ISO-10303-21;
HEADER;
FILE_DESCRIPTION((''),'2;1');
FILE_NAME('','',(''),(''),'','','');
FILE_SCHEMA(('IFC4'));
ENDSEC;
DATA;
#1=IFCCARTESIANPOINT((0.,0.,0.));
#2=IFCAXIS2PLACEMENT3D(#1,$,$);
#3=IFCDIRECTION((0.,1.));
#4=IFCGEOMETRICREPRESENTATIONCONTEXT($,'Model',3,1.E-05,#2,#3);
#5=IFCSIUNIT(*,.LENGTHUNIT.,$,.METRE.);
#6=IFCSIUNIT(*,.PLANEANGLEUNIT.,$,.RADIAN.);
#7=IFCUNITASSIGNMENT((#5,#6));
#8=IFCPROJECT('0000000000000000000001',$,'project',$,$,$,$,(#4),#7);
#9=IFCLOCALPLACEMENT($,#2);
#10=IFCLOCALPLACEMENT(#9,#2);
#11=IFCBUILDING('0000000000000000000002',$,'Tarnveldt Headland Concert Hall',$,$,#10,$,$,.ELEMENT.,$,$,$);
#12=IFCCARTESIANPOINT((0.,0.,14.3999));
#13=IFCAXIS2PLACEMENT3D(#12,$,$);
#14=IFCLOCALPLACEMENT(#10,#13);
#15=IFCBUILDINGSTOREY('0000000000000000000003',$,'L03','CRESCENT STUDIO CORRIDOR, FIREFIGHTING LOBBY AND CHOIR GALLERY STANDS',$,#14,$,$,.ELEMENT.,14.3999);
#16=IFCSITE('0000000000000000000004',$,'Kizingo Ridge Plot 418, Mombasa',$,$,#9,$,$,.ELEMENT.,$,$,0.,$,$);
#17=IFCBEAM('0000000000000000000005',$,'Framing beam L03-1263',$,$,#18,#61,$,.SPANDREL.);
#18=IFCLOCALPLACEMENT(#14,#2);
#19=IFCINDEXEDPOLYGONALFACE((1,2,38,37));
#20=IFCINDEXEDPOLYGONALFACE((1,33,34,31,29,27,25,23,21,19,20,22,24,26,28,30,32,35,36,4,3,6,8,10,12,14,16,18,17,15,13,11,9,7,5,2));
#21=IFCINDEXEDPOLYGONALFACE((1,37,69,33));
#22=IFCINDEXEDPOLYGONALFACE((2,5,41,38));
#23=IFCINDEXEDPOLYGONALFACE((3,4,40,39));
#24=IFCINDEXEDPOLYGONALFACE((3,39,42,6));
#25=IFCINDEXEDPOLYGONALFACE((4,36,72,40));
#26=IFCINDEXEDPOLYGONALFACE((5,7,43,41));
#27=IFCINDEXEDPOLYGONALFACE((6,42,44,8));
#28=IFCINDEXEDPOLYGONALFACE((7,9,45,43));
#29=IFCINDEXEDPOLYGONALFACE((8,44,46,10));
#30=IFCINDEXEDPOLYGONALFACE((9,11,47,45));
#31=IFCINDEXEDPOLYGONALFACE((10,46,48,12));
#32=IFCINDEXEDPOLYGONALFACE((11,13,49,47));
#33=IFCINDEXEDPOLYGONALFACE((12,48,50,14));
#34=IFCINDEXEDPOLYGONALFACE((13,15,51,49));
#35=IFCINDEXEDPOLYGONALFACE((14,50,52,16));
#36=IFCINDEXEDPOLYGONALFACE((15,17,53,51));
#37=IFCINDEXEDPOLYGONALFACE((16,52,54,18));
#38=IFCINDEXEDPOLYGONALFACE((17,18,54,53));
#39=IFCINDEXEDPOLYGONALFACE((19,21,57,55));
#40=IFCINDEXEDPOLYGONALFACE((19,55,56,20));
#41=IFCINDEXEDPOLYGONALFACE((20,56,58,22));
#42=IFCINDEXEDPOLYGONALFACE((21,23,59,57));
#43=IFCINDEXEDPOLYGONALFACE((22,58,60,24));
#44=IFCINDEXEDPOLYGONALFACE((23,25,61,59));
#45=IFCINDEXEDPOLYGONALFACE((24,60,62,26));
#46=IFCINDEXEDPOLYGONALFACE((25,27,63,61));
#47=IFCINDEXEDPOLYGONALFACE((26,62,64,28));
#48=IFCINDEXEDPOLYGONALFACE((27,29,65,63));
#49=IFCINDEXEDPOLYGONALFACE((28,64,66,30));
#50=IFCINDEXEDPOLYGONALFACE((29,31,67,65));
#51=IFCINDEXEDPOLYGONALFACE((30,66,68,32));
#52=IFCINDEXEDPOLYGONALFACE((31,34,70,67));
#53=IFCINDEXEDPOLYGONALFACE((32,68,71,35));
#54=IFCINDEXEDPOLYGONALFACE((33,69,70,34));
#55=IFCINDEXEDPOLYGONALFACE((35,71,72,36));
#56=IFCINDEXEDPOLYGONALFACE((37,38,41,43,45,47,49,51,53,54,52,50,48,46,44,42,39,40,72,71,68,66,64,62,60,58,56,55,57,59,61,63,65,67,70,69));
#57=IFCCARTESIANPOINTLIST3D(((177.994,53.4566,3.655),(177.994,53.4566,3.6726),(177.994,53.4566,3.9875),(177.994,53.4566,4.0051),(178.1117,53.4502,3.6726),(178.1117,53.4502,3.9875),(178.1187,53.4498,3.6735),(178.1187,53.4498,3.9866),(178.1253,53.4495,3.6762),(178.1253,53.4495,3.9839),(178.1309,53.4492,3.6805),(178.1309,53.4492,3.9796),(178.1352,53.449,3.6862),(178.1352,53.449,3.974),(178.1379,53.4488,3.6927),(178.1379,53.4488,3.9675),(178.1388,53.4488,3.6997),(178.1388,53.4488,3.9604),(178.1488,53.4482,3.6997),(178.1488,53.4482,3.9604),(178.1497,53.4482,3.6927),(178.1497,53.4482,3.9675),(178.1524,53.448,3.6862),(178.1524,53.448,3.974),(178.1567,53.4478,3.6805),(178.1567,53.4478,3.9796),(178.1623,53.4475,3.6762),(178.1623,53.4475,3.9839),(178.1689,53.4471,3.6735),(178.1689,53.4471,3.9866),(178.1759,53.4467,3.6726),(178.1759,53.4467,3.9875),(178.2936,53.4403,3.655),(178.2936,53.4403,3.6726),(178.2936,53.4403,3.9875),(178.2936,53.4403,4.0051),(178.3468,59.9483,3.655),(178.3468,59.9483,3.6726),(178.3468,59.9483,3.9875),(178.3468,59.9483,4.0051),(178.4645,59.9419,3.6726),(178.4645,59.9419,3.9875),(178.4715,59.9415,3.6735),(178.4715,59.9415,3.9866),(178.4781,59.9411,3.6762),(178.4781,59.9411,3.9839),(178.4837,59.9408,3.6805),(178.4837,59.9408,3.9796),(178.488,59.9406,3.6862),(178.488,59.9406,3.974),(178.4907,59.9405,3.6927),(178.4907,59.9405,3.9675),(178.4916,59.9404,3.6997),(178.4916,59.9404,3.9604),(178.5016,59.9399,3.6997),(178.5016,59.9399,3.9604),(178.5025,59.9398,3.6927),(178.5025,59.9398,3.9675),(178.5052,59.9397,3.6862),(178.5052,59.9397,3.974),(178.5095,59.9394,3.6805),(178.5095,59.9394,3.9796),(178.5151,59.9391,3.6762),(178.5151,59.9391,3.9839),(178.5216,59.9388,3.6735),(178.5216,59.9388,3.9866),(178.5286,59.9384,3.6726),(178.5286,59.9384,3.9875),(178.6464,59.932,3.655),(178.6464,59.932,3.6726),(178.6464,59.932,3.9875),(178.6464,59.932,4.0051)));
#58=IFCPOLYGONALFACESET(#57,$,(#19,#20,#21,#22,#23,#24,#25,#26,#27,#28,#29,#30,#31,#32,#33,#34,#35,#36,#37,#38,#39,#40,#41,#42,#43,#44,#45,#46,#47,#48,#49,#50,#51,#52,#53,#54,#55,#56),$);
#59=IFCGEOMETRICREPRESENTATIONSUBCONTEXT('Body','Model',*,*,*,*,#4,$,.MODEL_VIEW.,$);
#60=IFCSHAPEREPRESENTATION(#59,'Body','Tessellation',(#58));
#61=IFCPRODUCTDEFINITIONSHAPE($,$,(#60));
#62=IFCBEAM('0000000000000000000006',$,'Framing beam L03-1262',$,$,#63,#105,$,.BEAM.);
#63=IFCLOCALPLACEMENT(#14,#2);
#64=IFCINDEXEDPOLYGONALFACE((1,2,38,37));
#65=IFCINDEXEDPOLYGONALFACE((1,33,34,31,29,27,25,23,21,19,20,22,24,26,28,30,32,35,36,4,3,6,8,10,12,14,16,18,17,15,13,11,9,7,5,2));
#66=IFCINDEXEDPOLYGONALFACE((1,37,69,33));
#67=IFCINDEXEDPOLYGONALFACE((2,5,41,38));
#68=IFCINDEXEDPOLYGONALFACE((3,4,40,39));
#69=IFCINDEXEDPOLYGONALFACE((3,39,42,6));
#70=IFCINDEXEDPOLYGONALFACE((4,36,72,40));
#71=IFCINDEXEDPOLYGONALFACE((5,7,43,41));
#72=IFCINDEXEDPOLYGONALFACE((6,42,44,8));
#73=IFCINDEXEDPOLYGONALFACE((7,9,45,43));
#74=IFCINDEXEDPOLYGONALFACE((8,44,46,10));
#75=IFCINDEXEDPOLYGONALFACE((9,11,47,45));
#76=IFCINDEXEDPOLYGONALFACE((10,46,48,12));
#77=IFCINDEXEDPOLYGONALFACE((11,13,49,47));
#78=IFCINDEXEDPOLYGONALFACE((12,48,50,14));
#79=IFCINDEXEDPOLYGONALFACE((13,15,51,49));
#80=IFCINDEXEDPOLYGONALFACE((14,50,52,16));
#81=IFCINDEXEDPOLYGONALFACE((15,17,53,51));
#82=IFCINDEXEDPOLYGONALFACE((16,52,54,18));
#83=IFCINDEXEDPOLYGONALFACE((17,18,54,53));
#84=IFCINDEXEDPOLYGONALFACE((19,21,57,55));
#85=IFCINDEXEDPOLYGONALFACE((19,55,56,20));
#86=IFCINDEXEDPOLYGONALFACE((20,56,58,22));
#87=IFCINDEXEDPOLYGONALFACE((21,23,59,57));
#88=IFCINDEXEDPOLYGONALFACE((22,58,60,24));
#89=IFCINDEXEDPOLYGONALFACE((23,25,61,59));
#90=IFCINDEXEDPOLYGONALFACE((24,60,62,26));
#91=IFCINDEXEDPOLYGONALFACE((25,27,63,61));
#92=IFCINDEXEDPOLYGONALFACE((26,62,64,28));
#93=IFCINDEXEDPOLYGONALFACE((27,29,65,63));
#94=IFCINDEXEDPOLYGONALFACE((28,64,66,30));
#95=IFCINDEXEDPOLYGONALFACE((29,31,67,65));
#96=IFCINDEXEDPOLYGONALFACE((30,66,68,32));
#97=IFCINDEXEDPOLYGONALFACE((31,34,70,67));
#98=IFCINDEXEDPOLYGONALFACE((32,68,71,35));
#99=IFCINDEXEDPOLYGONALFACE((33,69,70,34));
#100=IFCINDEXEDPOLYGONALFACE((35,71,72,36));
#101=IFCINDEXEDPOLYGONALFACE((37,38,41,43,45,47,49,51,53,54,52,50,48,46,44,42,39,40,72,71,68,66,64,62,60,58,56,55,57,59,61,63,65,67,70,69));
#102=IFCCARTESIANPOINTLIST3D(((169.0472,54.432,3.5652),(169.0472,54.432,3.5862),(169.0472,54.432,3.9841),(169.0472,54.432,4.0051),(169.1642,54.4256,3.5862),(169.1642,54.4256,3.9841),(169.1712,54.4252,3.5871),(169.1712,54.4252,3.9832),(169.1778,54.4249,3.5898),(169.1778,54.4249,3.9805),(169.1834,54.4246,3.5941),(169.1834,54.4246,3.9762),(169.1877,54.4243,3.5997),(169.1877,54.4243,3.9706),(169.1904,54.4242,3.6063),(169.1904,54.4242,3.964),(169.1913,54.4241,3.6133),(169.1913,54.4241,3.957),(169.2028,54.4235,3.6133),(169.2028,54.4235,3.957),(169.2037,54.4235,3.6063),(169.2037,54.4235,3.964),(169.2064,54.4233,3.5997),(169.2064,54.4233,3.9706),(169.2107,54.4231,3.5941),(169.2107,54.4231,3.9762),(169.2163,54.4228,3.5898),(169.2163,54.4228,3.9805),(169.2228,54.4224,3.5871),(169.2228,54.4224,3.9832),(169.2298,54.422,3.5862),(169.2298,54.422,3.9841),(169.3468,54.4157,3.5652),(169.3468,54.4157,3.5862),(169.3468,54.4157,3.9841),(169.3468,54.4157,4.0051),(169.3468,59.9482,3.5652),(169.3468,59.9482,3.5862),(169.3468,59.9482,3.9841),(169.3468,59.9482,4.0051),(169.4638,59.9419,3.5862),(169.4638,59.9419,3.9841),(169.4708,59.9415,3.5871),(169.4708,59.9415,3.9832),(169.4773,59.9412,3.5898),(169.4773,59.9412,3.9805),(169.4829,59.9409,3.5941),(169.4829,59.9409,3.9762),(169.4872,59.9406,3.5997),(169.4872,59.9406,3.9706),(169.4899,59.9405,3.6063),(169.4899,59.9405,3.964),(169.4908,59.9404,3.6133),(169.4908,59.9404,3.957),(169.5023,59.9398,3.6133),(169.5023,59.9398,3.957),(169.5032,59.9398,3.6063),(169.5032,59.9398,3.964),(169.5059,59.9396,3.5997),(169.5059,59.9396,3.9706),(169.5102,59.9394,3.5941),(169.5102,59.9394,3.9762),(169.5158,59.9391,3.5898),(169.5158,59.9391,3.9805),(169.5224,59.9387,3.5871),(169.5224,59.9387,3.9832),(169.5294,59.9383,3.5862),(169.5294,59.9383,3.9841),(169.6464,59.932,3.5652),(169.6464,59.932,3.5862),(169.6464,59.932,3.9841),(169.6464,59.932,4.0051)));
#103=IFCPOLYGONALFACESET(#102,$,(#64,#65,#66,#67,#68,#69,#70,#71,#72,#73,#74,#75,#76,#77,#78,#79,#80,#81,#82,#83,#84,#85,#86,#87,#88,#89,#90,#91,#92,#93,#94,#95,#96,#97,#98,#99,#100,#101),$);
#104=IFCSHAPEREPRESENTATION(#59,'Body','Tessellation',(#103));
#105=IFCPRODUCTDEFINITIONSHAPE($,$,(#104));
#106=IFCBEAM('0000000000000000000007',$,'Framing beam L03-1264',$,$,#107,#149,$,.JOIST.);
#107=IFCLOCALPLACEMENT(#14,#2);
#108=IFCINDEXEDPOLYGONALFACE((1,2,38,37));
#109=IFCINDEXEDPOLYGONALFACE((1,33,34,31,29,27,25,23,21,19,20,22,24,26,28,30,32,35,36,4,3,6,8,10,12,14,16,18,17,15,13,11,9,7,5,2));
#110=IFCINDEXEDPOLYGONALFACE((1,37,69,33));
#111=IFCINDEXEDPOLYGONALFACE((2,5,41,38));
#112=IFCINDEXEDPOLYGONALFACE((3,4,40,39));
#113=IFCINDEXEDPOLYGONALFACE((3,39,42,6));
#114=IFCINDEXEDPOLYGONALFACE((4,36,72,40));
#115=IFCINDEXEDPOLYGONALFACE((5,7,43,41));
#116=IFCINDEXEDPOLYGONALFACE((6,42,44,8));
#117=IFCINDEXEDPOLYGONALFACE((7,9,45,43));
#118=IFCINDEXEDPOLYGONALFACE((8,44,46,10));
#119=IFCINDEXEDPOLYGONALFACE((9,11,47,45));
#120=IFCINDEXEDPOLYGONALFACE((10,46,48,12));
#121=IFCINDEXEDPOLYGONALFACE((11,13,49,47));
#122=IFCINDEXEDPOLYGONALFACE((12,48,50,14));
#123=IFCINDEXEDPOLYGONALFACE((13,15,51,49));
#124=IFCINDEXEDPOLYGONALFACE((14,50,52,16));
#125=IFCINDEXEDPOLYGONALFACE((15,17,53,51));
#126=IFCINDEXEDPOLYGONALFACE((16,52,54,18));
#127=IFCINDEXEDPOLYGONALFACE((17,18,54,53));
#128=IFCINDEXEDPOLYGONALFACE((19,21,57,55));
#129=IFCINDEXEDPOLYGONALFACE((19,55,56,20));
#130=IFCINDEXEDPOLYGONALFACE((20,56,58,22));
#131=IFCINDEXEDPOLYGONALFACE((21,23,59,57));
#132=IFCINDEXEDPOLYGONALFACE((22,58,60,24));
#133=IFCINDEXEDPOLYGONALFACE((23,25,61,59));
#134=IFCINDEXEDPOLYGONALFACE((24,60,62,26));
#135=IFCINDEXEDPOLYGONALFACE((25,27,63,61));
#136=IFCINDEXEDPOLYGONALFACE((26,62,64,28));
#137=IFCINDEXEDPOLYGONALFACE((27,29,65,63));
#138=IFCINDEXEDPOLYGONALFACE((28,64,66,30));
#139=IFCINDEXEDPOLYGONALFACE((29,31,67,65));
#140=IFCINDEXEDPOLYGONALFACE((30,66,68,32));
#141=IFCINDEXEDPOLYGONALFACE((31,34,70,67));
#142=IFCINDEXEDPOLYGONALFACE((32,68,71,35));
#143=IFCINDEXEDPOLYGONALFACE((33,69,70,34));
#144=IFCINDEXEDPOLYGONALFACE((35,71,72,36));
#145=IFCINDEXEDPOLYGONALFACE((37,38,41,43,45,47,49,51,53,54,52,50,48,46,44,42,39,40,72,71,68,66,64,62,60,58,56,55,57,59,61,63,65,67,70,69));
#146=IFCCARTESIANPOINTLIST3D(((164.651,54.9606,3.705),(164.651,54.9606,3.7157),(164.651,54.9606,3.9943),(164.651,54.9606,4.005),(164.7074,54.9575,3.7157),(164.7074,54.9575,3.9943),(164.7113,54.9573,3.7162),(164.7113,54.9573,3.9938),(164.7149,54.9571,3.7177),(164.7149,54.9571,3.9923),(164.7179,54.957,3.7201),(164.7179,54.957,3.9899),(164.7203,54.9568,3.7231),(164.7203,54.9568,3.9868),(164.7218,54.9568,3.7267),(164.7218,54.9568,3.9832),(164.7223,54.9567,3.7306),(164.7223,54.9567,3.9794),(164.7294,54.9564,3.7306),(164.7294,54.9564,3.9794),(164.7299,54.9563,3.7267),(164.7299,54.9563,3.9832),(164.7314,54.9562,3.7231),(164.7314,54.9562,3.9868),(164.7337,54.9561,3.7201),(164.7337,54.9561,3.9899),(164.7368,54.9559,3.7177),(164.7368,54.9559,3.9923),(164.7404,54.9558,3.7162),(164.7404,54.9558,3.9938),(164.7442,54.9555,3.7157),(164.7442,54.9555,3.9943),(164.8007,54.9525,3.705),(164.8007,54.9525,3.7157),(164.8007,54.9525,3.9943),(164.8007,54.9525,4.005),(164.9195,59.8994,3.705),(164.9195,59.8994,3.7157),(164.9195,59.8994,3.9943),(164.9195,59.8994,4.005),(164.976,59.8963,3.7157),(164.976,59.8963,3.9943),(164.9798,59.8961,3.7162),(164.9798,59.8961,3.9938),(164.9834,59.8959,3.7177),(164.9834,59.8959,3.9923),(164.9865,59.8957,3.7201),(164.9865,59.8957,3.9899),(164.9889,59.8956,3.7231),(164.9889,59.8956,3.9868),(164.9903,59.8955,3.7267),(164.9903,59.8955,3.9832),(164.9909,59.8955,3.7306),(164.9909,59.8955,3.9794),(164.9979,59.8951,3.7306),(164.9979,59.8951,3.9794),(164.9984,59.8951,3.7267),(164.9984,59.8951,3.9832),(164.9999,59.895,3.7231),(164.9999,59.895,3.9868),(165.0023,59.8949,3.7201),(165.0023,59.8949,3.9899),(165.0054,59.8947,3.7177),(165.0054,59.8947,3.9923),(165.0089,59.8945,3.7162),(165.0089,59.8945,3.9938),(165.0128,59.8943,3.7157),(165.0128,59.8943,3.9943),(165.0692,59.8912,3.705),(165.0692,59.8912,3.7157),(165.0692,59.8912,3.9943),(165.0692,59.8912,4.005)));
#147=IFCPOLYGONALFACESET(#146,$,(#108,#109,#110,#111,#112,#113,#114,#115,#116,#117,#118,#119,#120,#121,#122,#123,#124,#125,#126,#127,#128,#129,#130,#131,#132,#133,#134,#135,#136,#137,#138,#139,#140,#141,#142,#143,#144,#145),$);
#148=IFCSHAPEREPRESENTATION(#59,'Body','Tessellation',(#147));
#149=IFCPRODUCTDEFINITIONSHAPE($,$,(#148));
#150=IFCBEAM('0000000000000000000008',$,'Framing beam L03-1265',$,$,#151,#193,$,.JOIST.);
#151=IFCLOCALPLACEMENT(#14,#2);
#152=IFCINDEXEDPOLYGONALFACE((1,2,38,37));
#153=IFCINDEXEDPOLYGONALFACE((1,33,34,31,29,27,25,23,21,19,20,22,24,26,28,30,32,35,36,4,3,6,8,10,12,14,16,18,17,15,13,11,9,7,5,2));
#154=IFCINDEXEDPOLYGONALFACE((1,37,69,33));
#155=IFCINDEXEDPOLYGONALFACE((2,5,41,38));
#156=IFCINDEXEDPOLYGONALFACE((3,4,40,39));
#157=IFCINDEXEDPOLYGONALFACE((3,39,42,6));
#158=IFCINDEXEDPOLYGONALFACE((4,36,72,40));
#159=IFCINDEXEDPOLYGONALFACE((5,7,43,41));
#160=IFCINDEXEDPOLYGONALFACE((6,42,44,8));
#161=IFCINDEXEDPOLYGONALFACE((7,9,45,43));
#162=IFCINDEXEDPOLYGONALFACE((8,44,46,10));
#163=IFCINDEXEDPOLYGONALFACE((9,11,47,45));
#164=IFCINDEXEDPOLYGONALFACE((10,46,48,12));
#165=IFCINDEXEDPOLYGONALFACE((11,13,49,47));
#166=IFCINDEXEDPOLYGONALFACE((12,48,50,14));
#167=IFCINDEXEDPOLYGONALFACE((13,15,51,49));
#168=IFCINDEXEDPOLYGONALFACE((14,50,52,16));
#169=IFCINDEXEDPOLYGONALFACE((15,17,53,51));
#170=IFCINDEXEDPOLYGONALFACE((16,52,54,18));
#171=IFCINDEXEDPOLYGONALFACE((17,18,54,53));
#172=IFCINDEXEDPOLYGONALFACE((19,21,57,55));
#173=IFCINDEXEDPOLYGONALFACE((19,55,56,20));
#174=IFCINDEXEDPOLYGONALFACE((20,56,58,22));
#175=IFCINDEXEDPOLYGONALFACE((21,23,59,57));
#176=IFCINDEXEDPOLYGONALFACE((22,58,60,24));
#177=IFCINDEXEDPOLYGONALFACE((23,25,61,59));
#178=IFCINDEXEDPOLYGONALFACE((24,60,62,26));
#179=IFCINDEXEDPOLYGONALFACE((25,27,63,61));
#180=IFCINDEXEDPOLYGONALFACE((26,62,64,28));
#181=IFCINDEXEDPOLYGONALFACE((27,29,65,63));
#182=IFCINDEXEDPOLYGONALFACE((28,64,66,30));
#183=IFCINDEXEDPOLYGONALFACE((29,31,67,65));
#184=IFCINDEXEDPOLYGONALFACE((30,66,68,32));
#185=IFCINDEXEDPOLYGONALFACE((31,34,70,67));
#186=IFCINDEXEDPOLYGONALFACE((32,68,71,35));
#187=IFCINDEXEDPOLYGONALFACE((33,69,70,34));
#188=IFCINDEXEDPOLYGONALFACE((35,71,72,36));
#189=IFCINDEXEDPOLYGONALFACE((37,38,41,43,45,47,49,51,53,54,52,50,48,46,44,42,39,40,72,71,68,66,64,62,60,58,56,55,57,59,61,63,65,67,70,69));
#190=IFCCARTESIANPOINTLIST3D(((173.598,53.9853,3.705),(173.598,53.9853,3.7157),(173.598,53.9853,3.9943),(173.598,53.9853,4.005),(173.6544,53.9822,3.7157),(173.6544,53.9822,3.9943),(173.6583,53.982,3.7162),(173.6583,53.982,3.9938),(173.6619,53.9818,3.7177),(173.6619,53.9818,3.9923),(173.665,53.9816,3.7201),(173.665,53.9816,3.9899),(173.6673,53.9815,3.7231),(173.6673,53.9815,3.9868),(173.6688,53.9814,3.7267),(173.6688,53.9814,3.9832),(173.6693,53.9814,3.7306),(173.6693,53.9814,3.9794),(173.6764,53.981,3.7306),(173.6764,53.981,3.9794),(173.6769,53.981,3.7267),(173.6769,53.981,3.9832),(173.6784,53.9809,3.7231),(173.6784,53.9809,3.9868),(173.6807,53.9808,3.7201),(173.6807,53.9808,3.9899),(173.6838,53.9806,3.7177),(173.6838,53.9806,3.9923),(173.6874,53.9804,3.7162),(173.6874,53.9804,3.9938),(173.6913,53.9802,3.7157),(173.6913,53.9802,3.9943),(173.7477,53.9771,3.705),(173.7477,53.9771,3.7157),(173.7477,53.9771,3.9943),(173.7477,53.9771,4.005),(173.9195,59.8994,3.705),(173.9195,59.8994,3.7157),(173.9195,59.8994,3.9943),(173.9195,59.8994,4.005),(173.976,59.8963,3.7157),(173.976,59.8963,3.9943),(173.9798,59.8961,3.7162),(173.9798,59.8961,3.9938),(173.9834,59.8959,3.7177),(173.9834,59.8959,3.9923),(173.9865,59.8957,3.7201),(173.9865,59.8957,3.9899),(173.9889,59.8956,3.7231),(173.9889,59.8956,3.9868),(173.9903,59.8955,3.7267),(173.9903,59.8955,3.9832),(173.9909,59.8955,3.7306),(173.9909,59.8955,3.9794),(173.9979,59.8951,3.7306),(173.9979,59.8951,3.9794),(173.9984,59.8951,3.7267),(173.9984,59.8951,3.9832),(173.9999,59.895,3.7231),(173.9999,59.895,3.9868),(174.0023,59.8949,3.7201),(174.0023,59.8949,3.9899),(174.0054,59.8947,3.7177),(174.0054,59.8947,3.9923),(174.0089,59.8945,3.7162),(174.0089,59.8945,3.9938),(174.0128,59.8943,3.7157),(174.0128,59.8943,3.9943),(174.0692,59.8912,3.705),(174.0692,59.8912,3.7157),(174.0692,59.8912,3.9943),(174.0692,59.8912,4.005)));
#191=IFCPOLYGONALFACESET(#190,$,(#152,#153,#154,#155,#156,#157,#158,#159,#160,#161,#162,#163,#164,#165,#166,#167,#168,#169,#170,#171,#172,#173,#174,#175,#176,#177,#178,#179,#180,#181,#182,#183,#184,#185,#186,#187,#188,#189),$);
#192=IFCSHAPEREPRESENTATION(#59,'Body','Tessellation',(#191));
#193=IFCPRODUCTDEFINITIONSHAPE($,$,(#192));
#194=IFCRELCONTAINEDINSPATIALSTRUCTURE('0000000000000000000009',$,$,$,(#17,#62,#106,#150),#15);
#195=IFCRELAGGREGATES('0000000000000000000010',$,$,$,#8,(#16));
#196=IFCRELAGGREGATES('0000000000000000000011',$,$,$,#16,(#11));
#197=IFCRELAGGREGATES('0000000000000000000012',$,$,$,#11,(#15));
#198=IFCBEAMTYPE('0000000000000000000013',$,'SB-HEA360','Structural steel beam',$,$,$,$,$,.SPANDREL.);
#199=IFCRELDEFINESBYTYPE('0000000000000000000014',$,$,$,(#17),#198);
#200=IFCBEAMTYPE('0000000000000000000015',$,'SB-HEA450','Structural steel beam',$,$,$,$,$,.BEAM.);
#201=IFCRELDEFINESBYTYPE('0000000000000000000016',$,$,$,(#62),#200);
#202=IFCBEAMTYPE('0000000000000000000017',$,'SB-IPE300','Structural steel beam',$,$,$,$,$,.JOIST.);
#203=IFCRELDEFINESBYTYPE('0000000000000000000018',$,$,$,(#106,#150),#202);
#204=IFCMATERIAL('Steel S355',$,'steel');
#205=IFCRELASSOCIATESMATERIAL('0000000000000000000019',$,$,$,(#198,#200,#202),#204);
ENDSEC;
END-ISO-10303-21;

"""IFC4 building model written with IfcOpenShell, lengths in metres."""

from ifc_helpers import new_model, si_unit, direction, frame, origin, origin_2d, place, context, subcontext, project, spatial, i_section, extrude, material, material_profile, profile_set, type_object, element, save


model = new_model("IFC4")

# Units and contexts
model_context = context("Model", 3, precision=1e-05, world=origin(), true_north=direction((0.0, 1.0)))
body_context = subcontext(model_context, "Body", "Model", "MODEL_VIEW")
ifc_project = project(units=[si_unit("LENGTHUNIT", "METRE"), si_unit("PLANEANGLEUNIT", "RADIAN")], contexts=[model_context])

# Site, building, storey
site_placement = place(None, origin())
site = spatial("IfcSite", under=ifc_project, at=site_placement, Name="Kizingo Ridge Plot 418, Mombasa", CompositionType="ELEMENT", RefElevation=0.0)
building_placement = place(site_placement, origin())
building = spatial("IfcBuilding", under=site, at=building_placement, Name="Tarnveldt Headland Concert Hall", CompositionType="ELEMENT")
storey_placement = place(building_placement, frame((0.0, 0.0, 14.3999)))
storey = spatial("IfcBuildingStorey", under=building, at=storey_placement, Name="L03", Description="CRESCENT STUDIO CORRIDOR, FIREFIGHTING LOBBY AND CHOIR GALLERY STANDS", CompositionType="ELEMENT", Elevation=14.3999)

# Shared definitions
ifc_material_1 = material(Name="Steel S355", Category="steel")

# Beams
ifc_material_profile_1 = material_profile(ifc_material_1, i_section(OverallWidth=0.3, OverallDepth=0.3501, WebThickness=0.01, FlangeThickness=0.0176, FilletRadius=0.0271, at=origin_2d()), Name="HEA360", Category="steel")
ifc_profile_set_1 = profile_set([ifc_material_profile_1], Name="Steel S355")
beam_type_1 = type_object("IfcBeamType", Name="SB-HEA360", Description="Structural steel beam", PredefinedType="SPANDREL", material=ifc_profile_set_1)
beam_1_placement = place(storey_placement, frame((178.1438, 53.4485, 3.8301), z_axis=(0.054264, 0.998527, 0.0), x_axis=(-0.998527, 0.054264, 0.0)))
element("IfcBeam", 1, at=beam_1_placement, inside=storey, type_object=beam_type_1, Name="Framing beam L03-1263", PredefinedType="SPANDREL", context=body_context, shape_type="SweptSolid", body=[
    extrude(i_section(OverallWidth=0.3, OverallDepth=0.3501, WebThickness=0.01, FlangeThickness=0.0176, FilletRadius=0.0271, at=origin_2d()), origin(), (0.0, 0.0, 1.0), 6.5012),
])
ifc_material_profile_2 = material_profile(ifc_material_1, i_section(OverallWidth=0.3, OverallDepth=0.4399, WebThickness=0.0115, FlangeThickness=0.021, FilletRadius=0.0271, at=origin_2d()), Name="HEA450", Category="steel")
ifc_profile_set_2 = profile_set([ifc_material_profile_2], Name="Steel S355")
beam_type_2 = type_object("IfcBeamType", Name="SB-HEA450", Description="Structural steel beam", PredefinedType="BEAM", material=ifc_profile_set_2)
beam_2_placement = place(storey_placement, frame((169.197, 54.4238, 3.7852), z_axis=(0.054224, 0.998529, 0.0), x_axis=(-0.998529, 0.054224, 0.0)))
element("IfcBeam", 2, at=beam_2_placement, inside=storey, type_object=beam_type_2, Name="Framing beam L03-1262", PredefinedType="BEAM", context=body_context, shape_type="SweptSolid", body=[
    extrude(i_section(OverallWidth=0.3, OverallDepth=0.4399, WebThickness=0.0115, FlangeThickness=0.021, FilletRadius=0.0271, at=origin_2d()), origin(), (0.0, 0.0, 1.0), 5.5244),
])
ifc_material_profile_3 = material_profile(ifc_material_1, i_section(OverallWidth=0.1499, OverallDepth=0.3, WebThickness=0.0071, FlangeThickness=0.0107, FilletRadius=0.0149, at=origin_2d()), Name="IPE300", Category="steel")
ifc_profile_set_3 = profile_set([ifc_material_profile_3], Name="Steel S355")
beam_type_3 = type_object("IfcBeamType", Name="SB-IPE300", Description="Structural steel beam", PredefinedType="JOIST", material=ifc_profile_set_3)
beam_3_placement = place(storey_placement, frame((164.7258, 54.9565, 3.855), z_axis=(0.054297, 0.998525, 0.0), x_axis=(-0.998525, 0.054297, 0.0)))
element("IfcBeam", 3, at=beam_3_placement, inside=storey, type_object=beam_type_3, Name="Framing beam L03-1264", PredefinedType="JOIST", context=body_context, shape_type="SweptSolid", body=[
    extrude(i_section(OverallWidth=0.1499, OverallDepth=0.3, WebThickness=0.0071, FlangeThickness=0.0107, FilletRadius=0.0149, at=origin_2d()), origin(), (0.0, 0.0, 1.0), 4.946),
])
beam_4_placement = place(storey_placement, frame((173.6729, 53.9812, 3.855), z_axis=(0.054287, 0.998525, 0.0), x_axis=(-0.998525, 0.054287, 0.0)))
element("IfcBeam", 4, at=beam_4_placement, inside=storey, type_object=beam_type_3, Name="Framing beam L03-1265", PredefinedType="JOIST", context=body_context, shape_type="SweptSolid", body=[
    extrude(i_section(OverallWidth=0.1499, OverallDepth=0.3, WebThickness=0.0071, FlangeThickness=0.0107, FilletRadius=0.0149, at=origin_2d()), origin(), (0.0, 0.0, 1.0), 5.9229),
])

save(model, "model.ifc")
